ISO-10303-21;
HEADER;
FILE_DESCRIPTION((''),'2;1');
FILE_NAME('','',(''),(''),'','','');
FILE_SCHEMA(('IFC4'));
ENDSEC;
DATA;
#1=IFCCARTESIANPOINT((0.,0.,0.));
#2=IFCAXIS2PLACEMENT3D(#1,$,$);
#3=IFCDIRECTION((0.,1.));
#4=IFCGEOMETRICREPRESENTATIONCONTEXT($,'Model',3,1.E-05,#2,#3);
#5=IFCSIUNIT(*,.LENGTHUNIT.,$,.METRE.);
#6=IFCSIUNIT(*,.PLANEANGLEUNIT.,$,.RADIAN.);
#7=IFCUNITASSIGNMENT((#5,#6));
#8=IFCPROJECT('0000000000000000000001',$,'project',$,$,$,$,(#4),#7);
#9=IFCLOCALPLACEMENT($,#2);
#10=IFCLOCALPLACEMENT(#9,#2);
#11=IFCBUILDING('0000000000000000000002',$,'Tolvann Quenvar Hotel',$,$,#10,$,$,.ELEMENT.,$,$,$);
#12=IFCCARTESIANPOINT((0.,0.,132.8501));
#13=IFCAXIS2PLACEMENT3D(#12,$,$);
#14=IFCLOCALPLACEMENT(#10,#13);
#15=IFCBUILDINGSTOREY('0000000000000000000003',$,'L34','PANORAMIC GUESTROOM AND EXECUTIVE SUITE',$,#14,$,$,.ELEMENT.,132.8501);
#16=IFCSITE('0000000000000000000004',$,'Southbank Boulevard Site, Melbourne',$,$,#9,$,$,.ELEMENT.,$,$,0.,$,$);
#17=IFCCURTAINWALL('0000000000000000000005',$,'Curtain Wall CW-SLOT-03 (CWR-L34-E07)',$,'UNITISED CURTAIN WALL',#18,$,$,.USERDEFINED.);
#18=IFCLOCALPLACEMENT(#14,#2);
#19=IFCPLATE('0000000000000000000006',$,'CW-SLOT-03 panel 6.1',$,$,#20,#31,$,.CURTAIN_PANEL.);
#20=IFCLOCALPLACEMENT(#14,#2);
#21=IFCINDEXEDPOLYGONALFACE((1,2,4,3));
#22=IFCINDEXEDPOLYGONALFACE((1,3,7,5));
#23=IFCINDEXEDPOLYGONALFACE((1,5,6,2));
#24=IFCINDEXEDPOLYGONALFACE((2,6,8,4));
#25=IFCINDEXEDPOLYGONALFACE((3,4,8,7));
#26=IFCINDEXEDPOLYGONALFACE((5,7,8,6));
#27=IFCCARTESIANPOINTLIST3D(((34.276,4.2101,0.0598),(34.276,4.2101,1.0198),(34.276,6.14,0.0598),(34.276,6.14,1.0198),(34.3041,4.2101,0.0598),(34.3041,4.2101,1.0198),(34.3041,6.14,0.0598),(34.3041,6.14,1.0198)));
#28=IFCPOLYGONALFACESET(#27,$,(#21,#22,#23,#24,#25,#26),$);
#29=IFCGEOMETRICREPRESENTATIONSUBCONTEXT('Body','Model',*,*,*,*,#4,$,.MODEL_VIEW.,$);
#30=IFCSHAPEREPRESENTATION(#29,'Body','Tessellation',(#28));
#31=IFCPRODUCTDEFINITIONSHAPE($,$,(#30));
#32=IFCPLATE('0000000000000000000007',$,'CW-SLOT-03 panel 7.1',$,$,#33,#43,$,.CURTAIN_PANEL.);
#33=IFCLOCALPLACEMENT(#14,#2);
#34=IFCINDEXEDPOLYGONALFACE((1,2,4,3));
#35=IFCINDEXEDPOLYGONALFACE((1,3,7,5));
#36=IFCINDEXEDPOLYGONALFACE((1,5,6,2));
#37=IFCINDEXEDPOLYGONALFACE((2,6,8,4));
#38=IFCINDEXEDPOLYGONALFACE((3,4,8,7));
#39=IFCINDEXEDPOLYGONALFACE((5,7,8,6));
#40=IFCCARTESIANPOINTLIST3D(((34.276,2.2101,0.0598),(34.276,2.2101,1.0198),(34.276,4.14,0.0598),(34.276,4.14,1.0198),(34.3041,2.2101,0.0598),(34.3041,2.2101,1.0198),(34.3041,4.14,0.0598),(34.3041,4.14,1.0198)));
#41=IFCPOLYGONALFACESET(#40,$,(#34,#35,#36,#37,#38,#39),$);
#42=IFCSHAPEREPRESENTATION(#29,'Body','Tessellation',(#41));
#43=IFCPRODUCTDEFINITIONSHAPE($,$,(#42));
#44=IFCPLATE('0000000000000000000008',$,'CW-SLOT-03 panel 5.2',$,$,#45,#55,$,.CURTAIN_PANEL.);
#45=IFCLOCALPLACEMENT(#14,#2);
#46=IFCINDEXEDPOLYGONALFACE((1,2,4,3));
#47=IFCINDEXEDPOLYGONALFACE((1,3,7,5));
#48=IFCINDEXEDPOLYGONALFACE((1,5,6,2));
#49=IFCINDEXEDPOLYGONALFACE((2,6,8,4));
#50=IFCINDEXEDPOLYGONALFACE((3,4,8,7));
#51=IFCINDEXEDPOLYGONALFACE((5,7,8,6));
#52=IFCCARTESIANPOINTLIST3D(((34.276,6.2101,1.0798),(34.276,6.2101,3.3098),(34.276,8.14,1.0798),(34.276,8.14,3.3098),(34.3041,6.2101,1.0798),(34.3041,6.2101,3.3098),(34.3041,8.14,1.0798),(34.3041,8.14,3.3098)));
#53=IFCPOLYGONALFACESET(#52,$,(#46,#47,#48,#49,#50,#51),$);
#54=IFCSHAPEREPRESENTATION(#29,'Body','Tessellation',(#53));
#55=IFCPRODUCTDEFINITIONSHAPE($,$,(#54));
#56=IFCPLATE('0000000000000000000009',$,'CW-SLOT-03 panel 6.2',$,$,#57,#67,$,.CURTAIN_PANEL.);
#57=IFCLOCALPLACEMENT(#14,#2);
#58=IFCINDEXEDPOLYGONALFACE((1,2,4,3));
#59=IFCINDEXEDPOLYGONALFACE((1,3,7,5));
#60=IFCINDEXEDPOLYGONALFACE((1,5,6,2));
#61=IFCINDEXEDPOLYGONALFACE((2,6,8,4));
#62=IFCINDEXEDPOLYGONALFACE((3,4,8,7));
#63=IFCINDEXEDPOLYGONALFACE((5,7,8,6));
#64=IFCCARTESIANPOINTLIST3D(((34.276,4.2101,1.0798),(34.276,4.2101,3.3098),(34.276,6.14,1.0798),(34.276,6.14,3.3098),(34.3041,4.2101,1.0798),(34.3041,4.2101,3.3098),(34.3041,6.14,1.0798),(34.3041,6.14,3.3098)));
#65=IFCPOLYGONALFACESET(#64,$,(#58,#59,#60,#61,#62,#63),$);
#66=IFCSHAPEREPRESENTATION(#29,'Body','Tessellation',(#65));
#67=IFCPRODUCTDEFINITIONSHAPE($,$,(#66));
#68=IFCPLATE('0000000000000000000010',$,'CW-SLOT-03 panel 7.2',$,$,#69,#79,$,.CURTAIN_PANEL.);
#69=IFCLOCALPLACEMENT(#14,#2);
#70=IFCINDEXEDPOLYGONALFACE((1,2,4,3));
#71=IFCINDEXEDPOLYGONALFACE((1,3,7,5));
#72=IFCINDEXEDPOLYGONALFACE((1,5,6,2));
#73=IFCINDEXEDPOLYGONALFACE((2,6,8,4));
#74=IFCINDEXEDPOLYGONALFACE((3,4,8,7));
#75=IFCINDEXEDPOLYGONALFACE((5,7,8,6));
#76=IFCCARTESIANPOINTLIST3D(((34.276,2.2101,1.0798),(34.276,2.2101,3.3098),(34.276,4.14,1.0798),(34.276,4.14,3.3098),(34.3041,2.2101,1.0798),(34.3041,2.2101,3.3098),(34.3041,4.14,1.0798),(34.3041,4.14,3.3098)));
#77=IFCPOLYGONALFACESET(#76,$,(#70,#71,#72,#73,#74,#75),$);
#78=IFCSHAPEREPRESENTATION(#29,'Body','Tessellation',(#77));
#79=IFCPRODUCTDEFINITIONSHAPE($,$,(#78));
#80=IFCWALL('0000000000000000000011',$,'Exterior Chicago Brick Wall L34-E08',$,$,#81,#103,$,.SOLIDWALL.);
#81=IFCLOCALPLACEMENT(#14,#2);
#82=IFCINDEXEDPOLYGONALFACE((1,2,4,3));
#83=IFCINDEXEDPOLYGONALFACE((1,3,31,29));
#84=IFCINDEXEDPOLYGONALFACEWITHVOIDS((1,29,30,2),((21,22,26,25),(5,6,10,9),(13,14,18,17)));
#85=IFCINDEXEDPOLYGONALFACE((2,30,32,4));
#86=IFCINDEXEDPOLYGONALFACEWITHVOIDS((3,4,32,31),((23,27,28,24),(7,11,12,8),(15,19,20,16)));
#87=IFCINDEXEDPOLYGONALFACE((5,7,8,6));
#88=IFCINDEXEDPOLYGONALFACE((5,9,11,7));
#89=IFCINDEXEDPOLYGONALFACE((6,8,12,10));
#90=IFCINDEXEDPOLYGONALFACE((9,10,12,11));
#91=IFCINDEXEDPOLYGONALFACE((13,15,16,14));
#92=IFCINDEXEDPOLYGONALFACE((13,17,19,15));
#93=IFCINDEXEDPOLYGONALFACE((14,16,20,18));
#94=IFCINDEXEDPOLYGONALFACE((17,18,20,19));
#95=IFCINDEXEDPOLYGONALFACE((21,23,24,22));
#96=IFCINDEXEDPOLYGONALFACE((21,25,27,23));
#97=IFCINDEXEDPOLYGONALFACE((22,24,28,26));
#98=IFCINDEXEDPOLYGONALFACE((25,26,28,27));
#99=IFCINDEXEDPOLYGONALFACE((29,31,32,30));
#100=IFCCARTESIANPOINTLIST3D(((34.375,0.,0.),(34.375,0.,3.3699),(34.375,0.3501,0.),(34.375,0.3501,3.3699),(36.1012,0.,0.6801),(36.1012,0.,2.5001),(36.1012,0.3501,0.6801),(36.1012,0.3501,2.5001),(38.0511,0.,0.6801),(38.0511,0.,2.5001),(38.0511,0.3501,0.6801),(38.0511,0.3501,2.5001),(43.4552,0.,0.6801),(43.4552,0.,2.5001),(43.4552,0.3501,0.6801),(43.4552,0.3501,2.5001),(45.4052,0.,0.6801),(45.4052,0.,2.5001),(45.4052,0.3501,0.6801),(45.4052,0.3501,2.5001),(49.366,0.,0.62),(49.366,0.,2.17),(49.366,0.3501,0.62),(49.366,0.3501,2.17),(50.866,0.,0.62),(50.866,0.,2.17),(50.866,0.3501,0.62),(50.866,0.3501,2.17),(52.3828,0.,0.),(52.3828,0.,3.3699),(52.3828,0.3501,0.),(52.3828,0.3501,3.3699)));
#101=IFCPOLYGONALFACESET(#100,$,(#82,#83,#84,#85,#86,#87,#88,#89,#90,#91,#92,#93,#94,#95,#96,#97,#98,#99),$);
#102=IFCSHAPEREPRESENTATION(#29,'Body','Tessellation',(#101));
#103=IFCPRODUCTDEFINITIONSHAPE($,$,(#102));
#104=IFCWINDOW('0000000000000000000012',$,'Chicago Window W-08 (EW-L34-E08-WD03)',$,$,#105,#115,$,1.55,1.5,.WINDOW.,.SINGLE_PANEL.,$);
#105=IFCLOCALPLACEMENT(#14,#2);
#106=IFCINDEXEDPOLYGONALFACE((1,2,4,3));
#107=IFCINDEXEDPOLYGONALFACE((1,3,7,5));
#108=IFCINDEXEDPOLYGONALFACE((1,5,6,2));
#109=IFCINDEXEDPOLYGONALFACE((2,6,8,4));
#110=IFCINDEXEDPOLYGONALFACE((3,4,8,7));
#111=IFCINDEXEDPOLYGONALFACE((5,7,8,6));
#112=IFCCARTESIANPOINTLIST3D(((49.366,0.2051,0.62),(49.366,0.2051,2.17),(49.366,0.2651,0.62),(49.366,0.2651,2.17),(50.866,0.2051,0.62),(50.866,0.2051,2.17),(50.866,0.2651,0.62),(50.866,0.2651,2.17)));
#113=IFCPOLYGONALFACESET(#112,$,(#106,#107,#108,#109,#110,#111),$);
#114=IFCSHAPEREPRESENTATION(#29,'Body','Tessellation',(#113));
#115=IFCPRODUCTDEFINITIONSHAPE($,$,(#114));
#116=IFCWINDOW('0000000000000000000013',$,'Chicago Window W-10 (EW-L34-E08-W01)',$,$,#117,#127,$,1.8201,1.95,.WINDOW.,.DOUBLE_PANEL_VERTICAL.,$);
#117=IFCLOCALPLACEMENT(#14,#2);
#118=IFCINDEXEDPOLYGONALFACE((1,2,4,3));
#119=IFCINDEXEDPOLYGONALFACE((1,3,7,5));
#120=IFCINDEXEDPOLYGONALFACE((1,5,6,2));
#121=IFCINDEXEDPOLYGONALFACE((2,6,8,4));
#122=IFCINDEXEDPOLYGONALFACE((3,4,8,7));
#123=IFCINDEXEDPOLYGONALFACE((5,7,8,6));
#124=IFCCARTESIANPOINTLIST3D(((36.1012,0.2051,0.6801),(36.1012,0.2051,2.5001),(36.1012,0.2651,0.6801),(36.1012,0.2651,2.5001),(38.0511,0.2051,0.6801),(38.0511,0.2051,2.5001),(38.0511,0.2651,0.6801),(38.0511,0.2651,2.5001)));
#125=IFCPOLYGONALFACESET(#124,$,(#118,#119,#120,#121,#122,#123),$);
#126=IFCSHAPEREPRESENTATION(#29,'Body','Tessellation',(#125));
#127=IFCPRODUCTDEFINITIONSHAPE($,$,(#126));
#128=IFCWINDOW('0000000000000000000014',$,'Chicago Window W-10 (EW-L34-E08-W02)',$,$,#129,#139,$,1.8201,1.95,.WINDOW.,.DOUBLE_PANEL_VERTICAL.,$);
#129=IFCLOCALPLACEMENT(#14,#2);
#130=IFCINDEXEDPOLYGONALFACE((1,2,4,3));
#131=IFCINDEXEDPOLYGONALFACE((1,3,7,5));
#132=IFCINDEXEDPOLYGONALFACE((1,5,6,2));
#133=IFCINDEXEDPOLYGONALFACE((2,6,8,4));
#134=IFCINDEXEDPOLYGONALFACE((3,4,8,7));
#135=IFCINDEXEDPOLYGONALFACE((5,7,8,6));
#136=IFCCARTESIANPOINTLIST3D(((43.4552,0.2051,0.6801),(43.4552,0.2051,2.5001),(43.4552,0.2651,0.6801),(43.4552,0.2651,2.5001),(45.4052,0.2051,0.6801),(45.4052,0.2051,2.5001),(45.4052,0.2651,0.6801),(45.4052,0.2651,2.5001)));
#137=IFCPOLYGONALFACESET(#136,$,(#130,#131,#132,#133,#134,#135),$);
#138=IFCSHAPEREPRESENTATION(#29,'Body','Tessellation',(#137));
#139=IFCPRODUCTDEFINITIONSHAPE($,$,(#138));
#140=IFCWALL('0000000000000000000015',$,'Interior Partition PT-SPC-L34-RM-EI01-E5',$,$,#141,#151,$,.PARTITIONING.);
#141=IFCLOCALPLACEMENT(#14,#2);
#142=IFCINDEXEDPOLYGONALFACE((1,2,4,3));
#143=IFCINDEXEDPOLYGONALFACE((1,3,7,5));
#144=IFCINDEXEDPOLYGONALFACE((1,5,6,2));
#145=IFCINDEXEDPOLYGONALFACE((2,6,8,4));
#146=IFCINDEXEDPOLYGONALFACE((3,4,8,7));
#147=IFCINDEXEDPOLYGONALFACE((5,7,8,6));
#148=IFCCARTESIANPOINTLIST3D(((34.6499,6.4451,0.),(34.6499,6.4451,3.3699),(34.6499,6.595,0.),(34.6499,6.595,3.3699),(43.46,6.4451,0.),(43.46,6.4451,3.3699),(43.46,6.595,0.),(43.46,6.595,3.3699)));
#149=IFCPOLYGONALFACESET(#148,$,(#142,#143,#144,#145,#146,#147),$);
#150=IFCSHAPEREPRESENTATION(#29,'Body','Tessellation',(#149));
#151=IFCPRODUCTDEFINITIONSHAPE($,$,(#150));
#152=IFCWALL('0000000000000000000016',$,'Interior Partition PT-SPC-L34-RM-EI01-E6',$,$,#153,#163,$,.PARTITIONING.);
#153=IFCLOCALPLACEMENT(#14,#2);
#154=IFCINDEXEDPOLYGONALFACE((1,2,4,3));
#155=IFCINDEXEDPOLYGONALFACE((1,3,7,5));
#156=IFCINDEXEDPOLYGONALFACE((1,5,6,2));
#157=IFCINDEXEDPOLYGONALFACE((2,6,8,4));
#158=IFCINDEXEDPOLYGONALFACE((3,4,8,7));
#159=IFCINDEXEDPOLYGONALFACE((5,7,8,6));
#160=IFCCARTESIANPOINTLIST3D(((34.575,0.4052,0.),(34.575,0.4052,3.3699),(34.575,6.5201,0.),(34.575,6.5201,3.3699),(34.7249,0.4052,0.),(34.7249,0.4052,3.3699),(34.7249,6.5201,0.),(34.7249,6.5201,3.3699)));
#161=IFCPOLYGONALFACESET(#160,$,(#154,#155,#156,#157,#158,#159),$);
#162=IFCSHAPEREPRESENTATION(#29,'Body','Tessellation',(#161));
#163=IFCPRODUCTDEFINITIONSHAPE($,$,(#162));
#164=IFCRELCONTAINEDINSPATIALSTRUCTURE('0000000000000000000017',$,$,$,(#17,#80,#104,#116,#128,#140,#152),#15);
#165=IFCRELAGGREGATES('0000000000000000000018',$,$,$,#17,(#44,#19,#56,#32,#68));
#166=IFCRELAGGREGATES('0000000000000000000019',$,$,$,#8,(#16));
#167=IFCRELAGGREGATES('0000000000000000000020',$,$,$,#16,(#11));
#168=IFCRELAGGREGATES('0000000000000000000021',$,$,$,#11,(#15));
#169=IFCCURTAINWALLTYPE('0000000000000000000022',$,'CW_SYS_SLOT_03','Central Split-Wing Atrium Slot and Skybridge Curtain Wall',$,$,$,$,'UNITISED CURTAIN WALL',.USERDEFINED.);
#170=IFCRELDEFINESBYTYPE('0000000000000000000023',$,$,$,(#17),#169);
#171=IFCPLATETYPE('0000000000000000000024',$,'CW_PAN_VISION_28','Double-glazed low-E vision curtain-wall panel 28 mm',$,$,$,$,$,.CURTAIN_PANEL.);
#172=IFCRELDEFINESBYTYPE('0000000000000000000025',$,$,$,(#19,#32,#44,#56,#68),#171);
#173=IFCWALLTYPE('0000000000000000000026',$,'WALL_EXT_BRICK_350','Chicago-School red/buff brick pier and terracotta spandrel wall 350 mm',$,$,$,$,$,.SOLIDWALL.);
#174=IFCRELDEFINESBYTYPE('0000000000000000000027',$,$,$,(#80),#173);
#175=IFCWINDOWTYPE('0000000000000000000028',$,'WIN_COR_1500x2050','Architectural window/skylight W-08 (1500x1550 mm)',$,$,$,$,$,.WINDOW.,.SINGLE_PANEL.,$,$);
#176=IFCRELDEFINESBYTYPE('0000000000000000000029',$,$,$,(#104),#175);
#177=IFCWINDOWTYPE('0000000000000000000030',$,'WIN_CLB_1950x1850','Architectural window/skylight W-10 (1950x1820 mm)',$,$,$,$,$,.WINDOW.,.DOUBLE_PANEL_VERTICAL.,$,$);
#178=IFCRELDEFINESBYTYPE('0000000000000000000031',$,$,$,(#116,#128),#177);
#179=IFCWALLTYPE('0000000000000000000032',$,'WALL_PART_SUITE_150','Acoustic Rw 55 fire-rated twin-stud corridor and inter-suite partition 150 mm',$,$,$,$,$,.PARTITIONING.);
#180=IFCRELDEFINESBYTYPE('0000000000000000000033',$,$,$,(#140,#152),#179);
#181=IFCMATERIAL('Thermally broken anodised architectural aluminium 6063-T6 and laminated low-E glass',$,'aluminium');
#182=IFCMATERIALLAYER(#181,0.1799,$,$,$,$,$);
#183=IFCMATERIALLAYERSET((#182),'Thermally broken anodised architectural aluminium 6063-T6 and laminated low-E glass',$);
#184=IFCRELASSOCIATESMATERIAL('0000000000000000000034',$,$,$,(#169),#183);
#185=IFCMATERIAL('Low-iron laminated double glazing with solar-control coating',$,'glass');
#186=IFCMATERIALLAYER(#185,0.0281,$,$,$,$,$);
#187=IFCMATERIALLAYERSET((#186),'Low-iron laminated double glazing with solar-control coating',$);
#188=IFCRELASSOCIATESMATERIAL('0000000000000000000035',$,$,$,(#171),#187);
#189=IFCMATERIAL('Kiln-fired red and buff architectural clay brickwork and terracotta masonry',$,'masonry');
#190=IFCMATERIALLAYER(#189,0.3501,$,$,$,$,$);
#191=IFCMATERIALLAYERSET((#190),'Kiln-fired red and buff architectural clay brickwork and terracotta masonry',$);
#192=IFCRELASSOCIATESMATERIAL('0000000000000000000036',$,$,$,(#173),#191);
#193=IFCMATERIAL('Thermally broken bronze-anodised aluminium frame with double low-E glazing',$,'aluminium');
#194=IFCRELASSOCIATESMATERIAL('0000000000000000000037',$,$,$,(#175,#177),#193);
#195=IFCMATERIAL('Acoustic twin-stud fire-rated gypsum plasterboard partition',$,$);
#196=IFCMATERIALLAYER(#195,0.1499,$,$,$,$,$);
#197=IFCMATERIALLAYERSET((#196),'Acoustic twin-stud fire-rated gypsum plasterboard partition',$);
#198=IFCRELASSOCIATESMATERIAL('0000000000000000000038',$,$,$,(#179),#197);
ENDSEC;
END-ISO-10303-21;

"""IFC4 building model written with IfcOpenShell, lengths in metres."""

from ifc_helpers import new_model, si_unit, direction, frame, frame_2d, origin, origin_2d, place, context, subcontext, project, spatial, rectangle, extrude, source, transform, mapped, material, layer, layer_set, type_object, type_shapes, element, fill, aggregate, save


model = new_model("IFC4")

# Units and contexts
model_context = context("Model", 3, precision=1e-05, world=origin(), true_north=direction((0.0, 1.0)))
body_context = subcontext(model_context, "Body", "Model", "MODEL_VIEW")
ifc_project = project(units=[si_unit("LENGTHUNIT", "METRE"), si_unit("PLANEANGLEUNIT", "RADIAN")], contexts=[model_context])

# Site, building, storey
site_placement = place(None, origin())
site = spatial("IfcSite", under=ifc_project, at=site_placement, Name="Southbank Boulevard Site, Melbourne", CompositionType="ELEMENT", RefElevation=0.0)
building_placement = place(site_placement, origin())
building = spatial("IfcBuilding", under=site, at=building_placement, Name="Tolvann Quenvar Hotel", CompositionType="ELEMENT")
storey_placement = place(building_placement, frame((0.0, 0.0, 132.8501)))
storey = spatial("IfcBuildingStorey", under=building, at=storey_placement, Name="L34", Description="PANORAMIC GUESTROOM AND EXECUTIVE SUITE", CompositionType="ELEMENT", Elevation=132.8501)

# Curtain wall, plates
ifc_material_1 = material(Name="Thermally broken anodised architectural aluminium 6063-T6 and laminated low-E glass", Category="aluminium")
ifc_layer_1 = layer(ifc_material_1, 0.1799)
ifc_layer_set_1 = layer_set([ifc_layer_1], Name="Thermally broken anodised architectural aluminium 6063-T6 and laminated low-E glass")
curtain_wall_type = type_object("IfcCurtainWallType", Name="CW_SYS_SLOT_03", Description="Central Split-Wing Atrium Slot and Skybridge Curtain Wall", ElementType="UNITISED CURTAIN WALL", PredefinedType="USERDEFINED", material=ifc_layer_set_1)
curtain_wall_placement = place(storey_placement, origin())
curtain_wall = element("IfcCurtainWall", 1, at=curtain_wall_placement, inside=storey, type_object=curtain_wall_type, Name="Curtain Wall CW-SLOT-03 (CWR-L34-E07)", ObjectType="UNITISED CURTAIN WALL", PredefinedType="USERDEFINED")
ifc_material_2 = material(Name="Low-iron laminated double glazing with solar-control coating", Category="glass")
ifc_layer_2 = layer(ifc_material_2, 0.0281)
ifc_layer_set_2 = layer_set([ifc_layer_2], Name="Low-iron laminated double glazing with solar-control coating")
plate_type = type_object("IfcPlateType", Name="CW_PAN_VISION_28", Description="Double-glazed low-E vision curtain-wall panel 28 mm", PredefinedType="CURTAIN_PANEL", material=ifc_layer_set_2)
shared_shape_1 = source(origin(), body_context, "Body", "SweptSolid", [
    extrude(rectangle(XDim=1.9299, YDim=0.0281, at=origin_2d()), origin(), (0.0, 0.0, 1.0), 0.96),
])
plate_1_placement = place(storey_placement, frame((34.29, 5.175, 0.0598), z_axis=(0.0, 0.0, 1.0), x_axis=(0.0, -1.0, 0.0)))
plate_1 = element("IfcPlate", 2, at=plate_1_placement, type_object=plate_type, Name="CW-SLOT-03 panel 6.1", PredefinedType="CURTAIN_PANEL", context=body_context, shape_type="MappedRepresentation", body=[
    mapped(shared_shape_1, transform((0.0, 0.0, 0.0), x_axis=(1.0, 0.0, 0.0), y_axis=(0.0, 1.0, 0.0), z_axis=(0.0, 0.0, 1.0), scale=1.0)),
])
plate_2_placement = place(storey_placement, frame((34.29, 3.175, 0.0598), z_axis=(0.0, 0.0, 1.0), x_axis=(0.0, -1.0, 0.0)))
plate_2 = element("IfcPlate", 3, at=plate_2_placement, type_object=plate_type, Name="CW-SLOT-03 panel 7.1", PredefinedType="CURTAIN_PANEL", context=body_context, shape_type="MappedRepresentation", body=[
    mapped(shared_shape_1, transform((0.0, 0.0, 0.0), x_axis=(1.0, 0.0, 0.0), y_axis=(0.0, 1.0, 0.0), z_axis=(0.0, 0.0, 1.0), scale=1.0)),
])
shared_shape_2 = source(origin(), body_context, "Body", "SweptSolid", [
    extrude(rectangle(XDim=1.9299, YDim=0.0281, at=origin_2d()), origin(), (0.0, 0.0, 1.0), 2.23),
])
plate_3_placement = place(storey_placement, frame((34.29, 7.175, 1.0798), z_axis=(0.0, 0.0, 1.0), x_axis=(0.0, -1.0, 0.0)))
plate_3 = element("IfcPlate", 4, at=plate_3_placement, type_object=plate_type, Name="CW-SLOT-03 panel 5.2", PredefinedType="CURTAIN_PANEL", context=body_context, shape_type="MappedRepresentation", body=[
    mapped(shared_shape_2, transform((0.0, 0.0, 0.0), x_axis=(1.0, 0.0, 0.0), y_axis=(0.0, 1.0, 0.0), z_axis=(0.0, 0.0, 1.0), scale=1.0)),
])
plate_4_placement = place(storey_placement, frame((34.29, 5.175, 1.0798), z_axis=(0.0, 0.0, 1.0), x_axis=(0.0, -1.0, 0.0)))
plate_4 = element("IfcPlate", 5, at=plate_4_placement, type_object=plate_type, Name="CW-SLOT-03 panel 6.2", PredefinedType="CURTAIN_PANEL", context=body_context, shape_type="MappedRepresentation", body=[
    mapped(shared_shape_2, transform((0.0, 0.0, 0.0), x_axis=(1.0, 0.0, 0.0), y_axis=(0.0, 1.0, 0.0), z_axis=(0.0, 0.0, 1.0), scale=1.0)),
])
plate_5_placement = place(storey_placement, frame((34.29, 3.175, 1.0798), z_axis=(0.0, 0.0, 1.0), x_axis=(0.0, -1.0, 0.0)))
plate_5 = element("IfcPlate", 6, at=plate_5_placement, type_object=plate_type, Name="CW-SLOT-03 panel 7.2", PredefinedType="CURTAIN_PANEL", context=body_context, shape_type="MappedRepresentation", body=[
    mapped(shared_shape_2, transform((0.0, 0.0, 0.0), x_axis=(1.0, 0.0, 0.0), y_axis=(0.0, 1.0, 0.0), z_axis=(0.0, 0.0, 1.0), scale=1.0)),
])
aggregate(curtain_wall, [plate_3, plate_1, plate_4, plate_2, plate_5])

# Wall, openings, windows
ifc_material_3 = material(Name="Kiln-fired red and buff architectural clay brickwork and terracotta masonry", Category="masonry")
ifc_layer_3 = layer(ifc_material_3, 0.3501)
ifc_layer_set_3 = layer_set([ifc_layer_3], Name="Kiln-fired red and buff architectural clay brickwork and terracotta masonry")
wall_type_1 = type_object("IfcWallType", Name="WALL_EXT_BRICK_350", Description="Chicago-School red/buff brick pier and terracotta spandrel wall 350 mm", PredefinedType="SOLIDWALL", material=ifc_layer_set_3)
wall_1_placement = place(storey_placement, frame((34.375, 0.175, 0.0), z_axis=(0.0, 0.0, 1.0), x_axis=(1.0, 0.0, 0.0)))
wall_1 = element("IfcWall", 7, at=wall_1_placement, inside=storey, type_object=wall_type_1, Name="Exterior Chicago Brick Wall L34-E08", PredefinedType="SOLIDWALL", context=body_context, shape_type="SweptSolid", body=[
    extrude(rectangle(XDim=18.0078, YDim=0.3501, at=frame_2d((9.0039, 0.0))), origin(), (0.0, 0.0, 1.0), 3.3699),
])
opening_1_placement = place(wall_1_placement, frame((1.7261, 0.0, 0.6799)))
opening_1 = element("IfcOpeningElement", 8, at=opening_1_placement, cuts=wall_1, PredefinedType="OPENING", context=body_context, shape_type="SweptSolid", body=[
    extrude(rectangle(XDim=1.95, YDim=1.8201, at=frame_2d((0.9751, 0.9102))), frame((0.0, 0.1851, 0.0), z_axis=(0.0, -1.0, 0.0), x_axis=(1.0, 0.0, 0.0)), (0.0, 0.0, 1.0), 0.3701),
])
opening_2_placement = place(wall_1_placement, frame((9.0801, 0.0, 0.6799)))
opening_2 = element("IfcOpeningElement", 9, at=opening_2_placement, cuts=wall_1, PredefinedType="OPENING", context=body_context, shape_type="SweptSolid", body=[
    extrude(rectangle(XDim=1.95, YDim=1.8201, at=frame_2d((0.9751, 0.9102))), frame((0.0, 0.1851, 0.0), z_axis=(0.0, -1.0, 0.0), x_axis=(1.0, 0.0, 0.0)), (0.0, 0.0, 1.0), 0.3701),
])
opening_3_placement = place(wall_1_placement, frame((14.991, 0.0, 0.6201)))
opening_3 = element("IfcOpeningElement", 10, at=opening_3_placement, cuts=wall_1, PredefinedType="OPENING", context=body_context, shape_type="SweptSolid", body=[
    extrude(rectangle(XDim=1.5, YDim=1.55, at=frame_2d((0.75, 0.7749))), frame((0.0, 0.1851, 0.0), z_axis=(0.0, -1.0, 0.0), x_axis=(1.0, 0.0, 0.0)), (0.0, 0.0, 1.0), 0.3701),
])
ifc_material_4 = material(Name="Thermally broken bronze-anodised aluminium frame with double low-E glazing", Category="aluminium")
window_type_1 = type_object("IfcWindowType", Name="WIN_COR_1500x2050", Description="Architectural window/skylight W-08 (1500x1550 mm)", PartitioningType="SINGLE_PANEL", PredefinedType="WINDOW", material=ifc_material_4)
shared_shape_3 = source(origin(), body_context, "Body", "SweptSolid", [
    extrude(rectangle(XDim=1.5, YDim=1.55, at=frame_2d((0.75, 0.7749))), frame((0.0, 0.0901, 0.0), z_axis=(0.0, -1.0, 0.0), x_axis=(1.0, 0.0, 0.0)), (0.0, 0.0, 1.0), 0.0601),
])
type_shapes(window_type_1, [shared_shape_3])
window_1_placement = place(opening_3_placement, origin())
window_1 = element("IfcWindow", 11, at=window_1_placement, inside=storey, type_object=window_type_1, Name="Chicago Window W-08 (EW-L34-E08-WD03)", OverallHeight=1.55, OverallWidth=1.5, PartitioningType="SINGLE_PANEL", PredefinedType="WINDOW", context=body_context, shape_type="MappedRepresentation", body=[
    mapped(shared_shape_3, transform((0.0, 0.0, 0.0), x_axis=(1.0, 0.0, 0.0), y_axis=(0.0, 1.0, 0.0), z_axis=(0.0, 0.0, 1.0), scale=1.0)),
])
fill(opening_3, window_1)
window_type_2 = type_object("IfcWindowType", Name="WIN_CLB_1950x1850", Description="Architectural window/skylight W-10 (1950x1820 mm)", PartitioningType="DOUBLE_PANEL_VERTICAL", PredefinedType="WINDOW", material=ifc_material_4)
shared_shape_4 = source(origin(), body_context, "Body", "SweptSolid", [
    extrude(rectangle(XDim=1.95, YDim=1.8201, at=frame_2d((0.9751, 0.9102))), frame((0.0, 0.0901, 0.0), z_axis=(0.0, -1.0, 0.0), x_axis=(1.0, 0.0, 0.0)), (0.0, 0.0, 1.0), 0.0601),
])
type_shapes(window_type_2, [shared_shape_4])
window_2_placement = place(opening_1_placement, origin())
window_2 = element("IfcWindow", 12, at=window_2_placement, inside=storey, type_object=window_type_2, Name="Chicago Window W-10 (EW-L34-E08-W01)", OverallHeight=1.8201, OverallWidth=1.95, PartitioningType="DOUBLE_PANEL_VERTICAL", PredefinedType="WINDOW", context=body_context, shape_type="MappedRepresentation", body=[
    mapped(shared_shape_4, transform((0.0, 0.0, 0.0), x_axis=(1.0, 0.0, 0.0), y_axis=(0.0, 1.0, 0.0), z_axis=(0.0, 0.0, 1.0), scale=1.0)),
])
fill(opening_1, window_2)
window_3_placement = place(opening_2_placement, origin())
window_3 = element("IfcWindow", 13, at=window_3_placement, inside=storey, type_object=window_type_2, Name="Chicago Window W-10 (EW-L34-E08-W02)", OverallHeight=1.8201, OverallWidth=1.95, PartitioningType="DOUBLE_PANEL_VERTICAL", PredefinedType="WINDOW", context=body_context, shape_type="MappedRepresentation", body=[
    mapped(shared_shape_4, transform((0.0, 0.0, 0.0), x_axis=(1.0, 0.0, 0.0), y_axis=(0.0, 1.0, 0.0), z_axis=(0.0, 0.0, 1.0), scale=1.0)),
])
fill(opening_2, window_3)

# Walls
ifc_material_5 = material(Name="Acoustic twin-stud fire-rated gypsum plasterboard partition")
ifc_layer_4 = layer(ifc_material_5, 0.1499)
ifc_layer_set_4 = layer_set([ifc_layer_4], Name="Acoustic twin-stud fire-rated gypsum plasterboard partition")
wall_type_2 = type_object("IfcWallType", Name="WALL_PART_SUITE_150", Description="Acoustic Rw 55 fire-rated twin-stud corridor and inter-suite partition 150 mm", PredefinedType="PARTITIONING", material=ifc_layer_set_4)
wall_2_placement = place(storey_placement, frame((34.6499, 6.52, 0.0), z_axis=(0.0, 0.0, 1.0), x_axis=(1.0, 0.0, 0.0)))
element("IfcWall", 14, at=wall_2_placement, inside=storey, type_object=wall_type_2, Name="Interior Partition PT-SPC-L34-RM-EI01-E5", PredefinedType="PARTITIONING", context=body_context, shape_type="SweptSolid", body=[
    extrude(rectangle(XDim=8.8101, YDim=0.1499, at=frame_2d((4.405, 0.0))), origin(), (0.0, 0.0, 1.0), 3.3699),
])
wall_3_placement = place(storey_placement, frame((34.6499, 0.405, 0.0), z_axis=(0.0, 0.0, 1.0), x_axis=(0.0, 1.0, 0.0)))
element("IfcWall", 15, at=wall_3_placement, inside=storey, type_object=wall_type_2, Name="Interior Partition PT-SPC-L34-RM-EI01-E6", PredefinedType="PARTITIONING", context=body_context, shape_type="SweptSolid", body=[
    extrude(rectangle(XDim=6.115, YDim=0.1499, at=frame_2d((3.0576, 0.0))), origin(), (0.0, 0.0, 1.0), 3.3699),
])

save(model, "model.ifc")
